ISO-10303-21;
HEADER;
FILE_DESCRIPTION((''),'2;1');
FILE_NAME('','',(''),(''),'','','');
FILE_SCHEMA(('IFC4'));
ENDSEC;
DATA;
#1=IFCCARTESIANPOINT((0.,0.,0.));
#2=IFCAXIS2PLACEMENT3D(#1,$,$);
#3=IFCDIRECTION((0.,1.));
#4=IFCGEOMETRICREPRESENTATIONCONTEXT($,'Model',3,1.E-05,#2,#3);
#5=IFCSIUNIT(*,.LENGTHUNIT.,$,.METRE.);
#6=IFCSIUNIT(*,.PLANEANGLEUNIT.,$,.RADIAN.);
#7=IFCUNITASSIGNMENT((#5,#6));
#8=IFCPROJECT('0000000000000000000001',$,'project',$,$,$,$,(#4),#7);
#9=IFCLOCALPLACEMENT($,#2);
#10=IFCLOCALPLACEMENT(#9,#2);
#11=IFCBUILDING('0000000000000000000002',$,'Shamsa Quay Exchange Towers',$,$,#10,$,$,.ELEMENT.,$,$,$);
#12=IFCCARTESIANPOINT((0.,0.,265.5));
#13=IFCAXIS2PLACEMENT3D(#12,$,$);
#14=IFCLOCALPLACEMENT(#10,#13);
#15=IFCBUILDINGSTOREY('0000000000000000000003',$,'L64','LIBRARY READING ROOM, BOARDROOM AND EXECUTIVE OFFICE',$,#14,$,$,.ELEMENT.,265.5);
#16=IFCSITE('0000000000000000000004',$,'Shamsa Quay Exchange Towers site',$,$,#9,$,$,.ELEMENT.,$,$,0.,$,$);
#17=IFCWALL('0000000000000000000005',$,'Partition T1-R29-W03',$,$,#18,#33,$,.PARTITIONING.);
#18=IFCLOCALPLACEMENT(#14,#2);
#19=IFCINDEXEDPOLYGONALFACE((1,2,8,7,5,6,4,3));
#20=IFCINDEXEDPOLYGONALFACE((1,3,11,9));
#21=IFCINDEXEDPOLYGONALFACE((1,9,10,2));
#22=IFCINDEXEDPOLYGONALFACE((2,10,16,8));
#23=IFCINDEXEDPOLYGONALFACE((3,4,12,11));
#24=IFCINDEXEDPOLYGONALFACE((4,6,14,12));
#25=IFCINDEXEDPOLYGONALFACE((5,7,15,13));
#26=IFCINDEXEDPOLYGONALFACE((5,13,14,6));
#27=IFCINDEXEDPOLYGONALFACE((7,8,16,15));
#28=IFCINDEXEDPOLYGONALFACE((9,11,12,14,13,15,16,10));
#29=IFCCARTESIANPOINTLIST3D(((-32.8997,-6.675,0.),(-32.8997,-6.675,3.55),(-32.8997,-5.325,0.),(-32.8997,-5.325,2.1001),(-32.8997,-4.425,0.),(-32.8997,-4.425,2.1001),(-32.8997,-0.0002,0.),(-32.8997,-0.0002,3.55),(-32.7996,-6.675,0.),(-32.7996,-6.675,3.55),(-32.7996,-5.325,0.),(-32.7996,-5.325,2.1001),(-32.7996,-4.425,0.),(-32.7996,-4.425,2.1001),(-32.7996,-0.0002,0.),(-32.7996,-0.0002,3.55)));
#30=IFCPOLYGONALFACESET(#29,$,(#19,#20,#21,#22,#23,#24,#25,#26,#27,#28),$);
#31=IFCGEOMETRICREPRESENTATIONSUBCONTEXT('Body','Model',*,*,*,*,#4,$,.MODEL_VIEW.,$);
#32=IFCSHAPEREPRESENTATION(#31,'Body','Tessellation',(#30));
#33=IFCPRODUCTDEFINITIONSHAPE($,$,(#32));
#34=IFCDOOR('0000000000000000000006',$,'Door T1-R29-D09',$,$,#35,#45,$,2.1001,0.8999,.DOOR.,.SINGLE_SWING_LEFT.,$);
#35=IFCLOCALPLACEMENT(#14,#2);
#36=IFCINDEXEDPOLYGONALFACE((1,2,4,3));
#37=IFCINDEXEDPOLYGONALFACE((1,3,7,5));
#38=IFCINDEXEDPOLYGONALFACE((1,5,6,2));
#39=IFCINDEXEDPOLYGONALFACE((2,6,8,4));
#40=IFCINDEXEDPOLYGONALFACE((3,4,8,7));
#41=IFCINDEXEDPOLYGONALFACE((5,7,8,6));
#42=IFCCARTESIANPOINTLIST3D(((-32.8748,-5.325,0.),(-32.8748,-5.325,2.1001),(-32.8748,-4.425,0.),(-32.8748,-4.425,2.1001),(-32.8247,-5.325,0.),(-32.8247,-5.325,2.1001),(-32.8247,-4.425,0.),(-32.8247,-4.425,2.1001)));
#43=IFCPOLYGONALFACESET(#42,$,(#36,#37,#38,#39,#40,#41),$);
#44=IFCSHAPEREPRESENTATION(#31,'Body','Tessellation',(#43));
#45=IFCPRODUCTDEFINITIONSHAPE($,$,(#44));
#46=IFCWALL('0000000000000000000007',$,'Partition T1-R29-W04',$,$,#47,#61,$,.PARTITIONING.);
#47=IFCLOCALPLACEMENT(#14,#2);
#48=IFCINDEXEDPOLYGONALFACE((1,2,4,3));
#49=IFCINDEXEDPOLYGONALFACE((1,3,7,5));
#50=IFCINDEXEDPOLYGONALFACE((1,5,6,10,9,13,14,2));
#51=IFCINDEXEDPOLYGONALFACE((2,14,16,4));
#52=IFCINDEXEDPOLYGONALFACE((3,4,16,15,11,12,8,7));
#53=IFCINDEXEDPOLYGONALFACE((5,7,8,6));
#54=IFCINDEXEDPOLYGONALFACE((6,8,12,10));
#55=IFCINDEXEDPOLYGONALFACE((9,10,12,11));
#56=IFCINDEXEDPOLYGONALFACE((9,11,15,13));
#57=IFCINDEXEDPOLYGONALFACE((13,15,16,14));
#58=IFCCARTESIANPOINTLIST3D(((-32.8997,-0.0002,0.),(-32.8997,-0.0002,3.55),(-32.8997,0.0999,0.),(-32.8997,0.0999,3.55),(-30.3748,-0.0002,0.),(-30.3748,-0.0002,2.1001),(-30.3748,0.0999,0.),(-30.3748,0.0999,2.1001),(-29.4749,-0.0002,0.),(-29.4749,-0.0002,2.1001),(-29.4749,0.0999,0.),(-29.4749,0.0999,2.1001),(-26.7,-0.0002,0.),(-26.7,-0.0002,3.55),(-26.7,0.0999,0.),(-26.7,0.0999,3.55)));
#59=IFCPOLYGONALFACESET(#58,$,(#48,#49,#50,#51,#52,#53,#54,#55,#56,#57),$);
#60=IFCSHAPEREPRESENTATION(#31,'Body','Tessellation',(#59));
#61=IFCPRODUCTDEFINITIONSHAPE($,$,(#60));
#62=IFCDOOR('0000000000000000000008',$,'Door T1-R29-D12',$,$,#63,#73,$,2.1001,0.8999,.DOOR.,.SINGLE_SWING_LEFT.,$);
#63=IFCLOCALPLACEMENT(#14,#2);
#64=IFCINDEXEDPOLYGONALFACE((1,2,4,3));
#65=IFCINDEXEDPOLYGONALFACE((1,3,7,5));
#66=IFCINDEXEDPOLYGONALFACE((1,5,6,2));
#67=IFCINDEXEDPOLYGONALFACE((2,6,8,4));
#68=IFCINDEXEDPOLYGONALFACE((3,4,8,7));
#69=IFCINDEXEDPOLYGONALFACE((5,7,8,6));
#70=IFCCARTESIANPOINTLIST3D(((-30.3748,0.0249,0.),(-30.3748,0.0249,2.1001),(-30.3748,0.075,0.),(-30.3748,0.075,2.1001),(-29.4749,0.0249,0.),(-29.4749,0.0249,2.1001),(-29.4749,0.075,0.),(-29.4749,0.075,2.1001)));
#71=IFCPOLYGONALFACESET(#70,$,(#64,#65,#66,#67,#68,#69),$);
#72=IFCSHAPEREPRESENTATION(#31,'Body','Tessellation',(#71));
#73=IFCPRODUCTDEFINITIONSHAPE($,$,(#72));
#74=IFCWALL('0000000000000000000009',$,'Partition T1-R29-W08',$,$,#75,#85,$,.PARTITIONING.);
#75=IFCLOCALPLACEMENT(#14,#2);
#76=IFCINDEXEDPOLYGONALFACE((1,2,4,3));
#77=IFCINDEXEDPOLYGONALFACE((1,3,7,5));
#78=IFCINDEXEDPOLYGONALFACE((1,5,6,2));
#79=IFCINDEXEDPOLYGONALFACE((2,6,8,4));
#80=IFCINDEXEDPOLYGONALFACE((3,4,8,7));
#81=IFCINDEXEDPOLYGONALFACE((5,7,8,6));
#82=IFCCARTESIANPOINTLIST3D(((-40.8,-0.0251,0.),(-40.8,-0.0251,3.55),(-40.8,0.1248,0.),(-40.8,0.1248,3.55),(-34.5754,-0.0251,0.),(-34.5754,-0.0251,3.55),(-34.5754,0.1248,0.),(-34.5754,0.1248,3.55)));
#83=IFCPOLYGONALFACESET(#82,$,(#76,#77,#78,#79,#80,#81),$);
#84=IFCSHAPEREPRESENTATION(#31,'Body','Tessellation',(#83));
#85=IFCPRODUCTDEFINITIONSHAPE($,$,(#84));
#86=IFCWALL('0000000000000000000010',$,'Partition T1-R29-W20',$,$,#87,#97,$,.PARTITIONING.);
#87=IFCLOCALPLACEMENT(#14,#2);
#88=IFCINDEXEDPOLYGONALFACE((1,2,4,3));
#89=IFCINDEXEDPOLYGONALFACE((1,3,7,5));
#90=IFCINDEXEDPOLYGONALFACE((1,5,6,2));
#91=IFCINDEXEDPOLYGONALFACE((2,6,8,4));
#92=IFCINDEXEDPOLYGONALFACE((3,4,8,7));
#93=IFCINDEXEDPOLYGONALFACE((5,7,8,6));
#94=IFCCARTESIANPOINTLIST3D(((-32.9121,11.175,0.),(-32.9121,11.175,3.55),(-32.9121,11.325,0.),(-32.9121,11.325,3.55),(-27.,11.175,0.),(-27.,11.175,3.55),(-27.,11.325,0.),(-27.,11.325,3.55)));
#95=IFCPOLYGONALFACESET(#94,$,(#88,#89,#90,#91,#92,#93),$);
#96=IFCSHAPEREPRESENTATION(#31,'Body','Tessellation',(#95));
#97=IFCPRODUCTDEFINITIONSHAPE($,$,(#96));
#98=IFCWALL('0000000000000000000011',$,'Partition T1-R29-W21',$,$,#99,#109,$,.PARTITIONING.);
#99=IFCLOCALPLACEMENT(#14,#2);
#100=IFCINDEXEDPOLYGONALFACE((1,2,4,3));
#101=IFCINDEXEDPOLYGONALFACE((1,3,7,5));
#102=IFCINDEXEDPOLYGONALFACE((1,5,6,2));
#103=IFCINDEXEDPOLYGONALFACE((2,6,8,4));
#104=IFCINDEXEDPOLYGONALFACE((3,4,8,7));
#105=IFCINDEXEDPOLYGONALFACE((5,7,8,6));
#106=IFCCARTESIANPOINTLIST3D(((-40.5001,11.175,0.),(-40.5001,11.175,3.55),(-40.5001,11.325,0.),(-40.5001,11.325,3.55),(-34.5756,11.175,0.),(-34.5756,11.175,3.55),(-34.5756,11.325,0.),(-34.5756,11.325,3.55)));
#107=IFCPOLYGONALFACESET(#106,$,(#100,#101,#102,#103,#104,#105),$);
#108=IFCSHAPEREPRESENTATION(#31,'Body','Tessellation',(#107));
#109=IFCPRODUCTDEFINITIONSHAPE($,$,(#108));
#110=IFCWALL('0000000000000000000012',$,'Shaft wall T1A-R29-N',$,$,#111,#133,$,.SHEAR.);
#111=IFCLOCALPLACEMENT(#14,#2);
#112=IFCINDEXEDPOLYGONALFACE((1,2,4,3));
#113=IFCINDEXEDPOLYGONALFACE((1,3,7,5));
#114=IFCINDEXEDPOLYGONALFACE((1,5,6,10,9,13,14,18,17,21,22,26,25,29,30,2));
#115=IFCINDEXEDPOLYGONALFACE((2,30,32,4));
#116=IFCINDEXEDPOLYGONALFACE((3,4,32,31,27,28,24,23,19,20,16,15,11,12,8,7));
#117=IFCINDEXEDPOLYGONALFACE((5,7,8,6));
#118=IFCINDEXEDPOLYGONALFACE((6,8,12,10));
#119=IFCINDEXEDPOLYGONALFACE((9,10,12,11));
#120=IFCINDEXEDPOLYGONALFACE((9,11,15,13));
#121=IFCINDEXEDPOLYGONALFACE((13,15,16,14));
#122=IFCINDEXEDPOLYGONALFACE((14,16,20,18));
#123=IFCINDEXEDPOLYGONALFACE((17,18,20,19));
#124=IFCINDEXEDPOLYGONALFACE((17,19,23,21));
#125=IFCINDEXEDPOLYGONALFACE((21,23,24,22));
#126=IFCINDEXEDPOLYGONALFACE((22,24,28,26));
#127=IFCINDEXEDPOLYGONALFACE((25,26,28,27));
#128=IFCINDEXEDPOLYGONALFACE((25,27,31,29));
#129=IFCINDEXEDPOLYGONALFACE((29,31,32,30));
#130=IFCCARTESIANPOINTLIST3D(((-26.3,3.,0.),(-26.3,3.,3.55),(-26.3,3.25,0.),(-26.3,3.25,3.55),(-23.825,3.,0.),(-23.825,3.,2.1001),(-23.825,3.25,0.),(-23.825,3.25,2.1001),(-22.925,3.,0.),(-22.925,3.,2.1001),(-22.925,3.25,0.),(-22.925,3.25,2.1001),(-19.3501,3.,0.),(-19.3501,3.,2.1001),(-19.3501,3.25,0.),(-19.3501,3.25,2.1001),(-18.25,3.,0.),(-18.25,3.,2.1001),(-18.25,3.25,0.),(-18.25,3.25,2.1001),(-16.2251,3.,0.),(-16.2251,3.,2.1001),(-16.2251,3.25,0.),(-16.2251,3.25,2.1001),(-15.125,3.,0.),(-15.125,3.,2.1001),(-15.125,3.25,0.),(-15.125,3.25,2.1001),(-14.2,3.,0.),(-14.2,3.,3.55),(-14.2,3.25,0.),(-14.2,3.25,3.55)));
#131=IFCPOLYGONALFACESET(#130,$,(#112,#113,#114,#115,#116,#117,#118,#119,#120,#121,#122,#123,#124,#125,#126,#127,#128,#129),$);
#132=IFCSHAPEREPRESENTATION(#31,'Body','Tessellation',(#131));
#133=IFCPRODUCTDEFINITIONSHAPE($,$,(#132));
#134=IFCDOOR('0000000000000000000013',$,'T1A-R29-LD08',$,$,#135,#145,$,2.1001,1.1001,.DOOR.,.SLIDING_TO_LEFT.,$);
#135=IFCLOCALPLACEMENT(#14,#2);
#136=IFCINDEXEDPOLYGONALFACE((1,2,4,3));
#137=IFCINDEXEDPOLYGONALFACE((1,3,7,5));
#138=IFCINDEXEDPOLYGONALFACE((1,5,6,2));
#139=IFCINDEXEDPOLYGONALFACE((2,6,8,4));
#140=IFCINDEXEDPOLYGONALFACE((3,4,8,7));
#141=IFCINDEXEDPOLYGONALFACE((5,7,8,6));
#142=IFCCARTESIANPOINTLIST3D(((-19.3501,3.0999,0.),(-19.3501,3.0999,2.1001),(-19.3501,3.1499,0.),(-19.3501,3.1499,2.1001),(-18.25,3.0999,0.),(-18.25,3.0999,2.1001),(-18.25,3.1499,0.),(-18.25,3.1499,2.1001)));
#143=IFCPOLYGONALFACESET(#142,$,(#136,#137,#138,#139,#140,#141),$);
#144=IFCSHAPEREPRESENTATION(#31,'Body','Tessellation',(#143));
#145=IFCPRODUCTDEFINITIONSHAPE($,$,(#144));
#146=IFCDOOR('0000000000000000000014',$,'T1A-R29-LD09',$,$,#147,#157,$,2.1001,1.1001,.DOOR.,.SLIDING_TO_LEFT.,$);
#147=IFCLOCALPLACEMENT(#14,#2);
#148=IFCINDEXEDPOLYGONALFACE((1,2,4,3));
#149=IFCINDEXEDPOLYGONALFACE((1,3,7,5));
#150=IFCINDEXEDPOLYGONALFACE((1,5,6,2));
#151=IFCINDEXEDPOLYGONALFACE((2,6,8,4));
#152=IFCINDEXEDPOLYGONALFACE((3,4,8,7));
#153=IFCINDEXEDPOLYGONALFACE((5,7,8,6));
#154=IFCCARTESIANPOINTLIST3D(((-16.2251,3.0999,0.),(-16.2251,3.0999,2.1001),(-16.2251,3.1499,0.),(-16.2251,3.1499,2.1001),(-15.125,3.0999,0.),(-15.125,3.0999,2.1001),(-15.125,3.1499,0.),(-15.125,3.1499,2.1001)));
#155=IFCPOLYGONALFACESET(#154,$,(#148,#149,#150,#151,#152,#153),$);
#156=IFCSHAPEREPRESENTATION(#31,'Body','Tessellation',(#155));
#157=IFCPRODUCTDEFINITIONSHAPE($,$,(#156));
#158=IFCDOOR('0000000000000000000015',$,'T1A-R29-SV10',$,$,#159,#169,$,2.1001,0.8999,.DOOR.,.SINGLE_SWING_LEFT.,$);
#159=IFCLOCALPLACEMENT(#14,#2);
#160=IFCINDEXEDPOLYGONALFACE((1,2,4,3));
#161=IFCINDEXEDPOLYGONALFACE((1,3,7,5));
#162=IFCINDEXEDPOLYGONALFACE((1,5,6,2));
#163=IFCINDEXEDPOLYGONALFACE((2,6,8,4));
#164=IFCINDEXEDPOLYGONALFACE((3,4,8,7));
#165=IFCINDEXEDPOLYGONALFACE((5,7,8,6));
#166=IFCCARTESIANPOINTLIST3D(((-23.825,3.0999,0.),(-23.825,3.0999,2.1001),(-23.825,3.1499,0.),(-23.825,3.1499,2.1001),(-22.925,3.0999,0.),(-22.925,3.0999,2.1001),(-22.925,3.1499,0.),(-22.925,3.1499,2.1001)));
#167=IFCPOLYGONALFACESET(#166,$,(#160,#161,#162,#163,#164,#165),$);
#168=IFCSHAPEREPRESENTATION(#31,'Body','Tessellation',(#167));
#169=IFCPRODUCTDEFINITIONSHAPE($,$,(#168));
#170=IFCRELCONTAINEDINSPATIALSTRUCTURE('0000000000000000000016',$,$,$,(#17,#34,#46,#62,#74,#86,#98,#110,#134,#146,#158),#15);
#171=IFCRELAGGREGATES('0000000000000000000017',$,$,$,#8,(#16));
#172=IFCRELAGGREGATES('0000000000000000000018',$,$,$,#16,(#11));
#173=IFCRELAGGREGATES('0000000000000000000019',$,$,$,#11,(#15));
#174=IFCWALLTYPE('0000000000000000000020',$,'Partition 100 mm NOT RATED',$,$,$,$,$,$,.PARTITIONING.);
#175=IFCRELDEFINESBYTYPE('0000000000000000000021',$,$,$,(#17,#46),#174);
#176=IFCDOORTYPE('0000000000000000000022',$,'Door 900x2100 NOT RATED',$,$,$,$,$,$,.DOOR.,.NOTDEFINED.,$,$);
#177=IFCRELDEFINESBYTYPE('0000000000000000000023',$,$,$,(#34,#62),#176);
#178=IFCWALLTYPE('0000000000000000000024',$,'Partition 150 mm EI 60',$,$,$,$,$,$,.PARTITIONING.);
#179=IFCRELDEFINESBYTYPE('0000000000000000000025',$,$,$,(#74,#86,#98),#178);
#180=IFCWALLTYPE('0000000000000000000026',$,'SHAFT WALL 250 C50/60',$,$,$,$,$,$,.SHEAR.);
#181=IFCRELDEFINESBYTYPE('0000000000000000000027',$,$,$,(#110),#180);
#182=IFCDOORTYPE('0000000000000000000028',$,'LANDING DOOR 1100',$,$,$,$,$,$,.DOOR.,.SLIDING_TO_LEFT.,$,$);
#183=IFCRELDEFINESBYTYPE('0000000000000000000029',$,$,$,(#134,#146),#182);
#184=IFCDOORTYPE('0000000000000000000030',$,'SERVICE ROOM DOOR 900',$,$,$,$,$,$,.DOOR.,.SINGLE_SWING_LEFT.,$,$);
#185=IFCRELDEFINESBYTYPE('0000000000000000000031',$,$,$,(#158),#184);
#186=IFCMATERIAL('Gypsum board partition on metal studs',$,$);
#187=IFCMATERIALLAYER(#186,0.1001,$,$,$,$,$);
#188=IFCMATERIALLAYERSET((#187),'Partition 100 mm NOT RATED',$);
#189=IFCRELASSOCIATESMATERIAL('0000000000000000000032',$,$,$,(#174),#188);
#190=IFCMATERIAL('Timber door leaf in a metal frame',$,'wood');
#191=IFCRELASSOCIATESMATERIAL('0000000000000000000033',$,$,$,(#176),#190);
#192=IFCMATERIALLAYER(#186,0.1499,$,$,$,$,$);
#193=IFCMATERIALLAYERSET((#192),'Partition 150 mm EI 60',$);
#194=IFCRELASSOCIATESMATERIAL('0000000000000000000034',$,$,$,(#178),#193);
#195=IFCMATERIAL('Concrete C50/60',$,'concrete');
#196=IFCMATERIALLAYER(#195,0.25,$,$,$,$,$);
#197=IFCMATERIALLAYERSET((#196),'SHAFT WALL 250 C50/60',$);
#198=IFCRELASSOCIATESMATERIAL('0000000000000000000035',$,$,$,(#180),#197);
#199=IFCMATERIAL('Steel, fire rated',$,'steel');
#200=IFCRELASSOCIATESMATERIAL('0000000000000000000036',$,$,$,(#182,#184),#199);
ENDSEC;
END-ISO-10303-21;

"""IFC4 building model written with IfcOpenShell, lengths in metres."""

from ifc_helpers import new_model, si_unit, direction, frame, frame_2d, origin, place, context, subcontext, project, spatial, rectangle, extrude, material, layer, layer_set, type_object, element, fill, save


model = new_model("IFC4")

# Units and contexts
model_context = context("Model", 3, precision=1e-05, world=origin(), true_north=direction((0.0, 1.0)))
body_context = subcontext(model_context, "Body", "Model", "MODEL_VIEW")
ifc_project = project(units=[si_unit("LENGTHUNIT", "METRE"), si_unit("PLANEANGLEUNIT", "RADIAN")], contexts=[model_context])

# Site, building, storey
site_placement = place(None, origin())
site = spatial("IfcSite", under=ifc_project, at=site_placement, Name="Shamsa Quay Exchange Towers site", CompositionType="ELEMENT", RefElevation=0.0)
building_placement = place(site_placement, origin())
building = spatial("IfcBuilding", under=site, at=building_placement, Name="Shamsa Quay Exchange Towers", CompositionType="ELEMENT")
storey_placement = place(building_placement, frame((0.0, 0.0, 265.5)))
storey = spatial("IfcBuildingStorey", under=building, at=storey_placement, Name="L64", Description="LIBRARY READING ROOM, BOARDROOM AND EXECUTIVE OFFICE", CompositionType="ELEMENT", Elevation=265.5)

# Shared definitions
ifc_material_1 = material(Name="Steel, fire rated", Category="steel")
ifc_material_2 = material(Name="Timber door leaf in a metal frame", Category="wood")

# Walls, openings, doors
ifc_material_3 = material(Name="Gypsum board partition on metal studs")
ifc_layer_1 = layer(ifc_material_3, 0.1001)
ifc_layer_set_1 = layer_set([ifc_layer_1], Name="Partition 100 mm NOT RATED")
wall_type_1 = type_object("IfcWallType", Name="Partition 100 mm NOT RATED", PredefinedType="PARTITIONING", material=ifc_layer_set_1)
wall_1_placement = place(storey_placement, frame((-32.8496, -0.0002, 0.0), z_axis=(0.0, 0.0, 1.0), x_axis=(0.0, -1.0, 0.0)))
wall_1 = element("IfcWall", 1, at=wall_1_placement, inside=storey, type_object=wall_type_1, Name="Partition T1-R29-W03", PredefinedType="PARTITIONING", context=body_context, shape_type="SweptSolid", body=[
    extrude(rectangle(XDim=6.6748, YDim=0.1001, at=frame_2d((3.3374, 0.0))), origin(), (0.0, 0.0, 1.0), 3.55),
])
opening_1_placement = place(wall_1_placement, frame((4.4248, 0.0, 0.0)))
opening_1 = element("IfcOpeningElement", 2, at=opening_1_placement, cuts=wall_1, PredefinedType="OPENING", context=body_context, shape_type="SweptSolid", body=[
    extrude(rectangle(XDim=0.8999, YDim=2.1001, at=frame_2d((0.45, 1.05))), frame((0.0, 0.0601, 0.0), z_axis=(0.0, -1.0, 0.0), x_axis=(1.0, 0.0, 0.0)), (0.0, 0.0, 1.0), 0.1201),
])
door_type_1 = type_object("IfcDoorType", Name="Door 900x2100 NOT RATED", OperationType="NOTDEFINED", PredefinedType="DOOR", material=ifc_material_2)
door_1_placement = place(opening_1_placement, origin())
door_1 = element("IfcDoor", 3, at=door_1_placement, inside=storey, type_object=door_type_1, Name="Door T1-R29-D09", OperationType="SINGLE_SWING_LEFT", OverallHeight=2.1001, OverallWidth=0.8999, PredefinedType="DOOR", context=body_context, shape_type="SweptSolid", body=[
    extrude(rectangle(XDim=0.8999, YDim=2.1001, at=frame_2d((0.45, 1.05))), frame((0.0, 0.0249, 0.0), z_axis=(0.0, -1.0, 0.0), x_axis=(1.0, 0.0, 0.0)), (0.0, 0.0, 1.0), 0.05),
])
fill(opening_1, door_1)
wall_2_placement = place(storey_placement, frame((-26.7, 0.0498, 0.0), z_axis=(0.0, 0.0, 1.0), x_axis=(-1.0, 0.0, 0.0)))
wall_2 = element("IfcWall", 4, at=wall_2_placement, inside=storey, type_object=wall_type_1, Name="Partition T1-R29-W04", PredefinedType="PARTITIONING", context=body_context, shape_type="SweptSolid", body=[
    extrude(rectangle(XDim=6.1997, YDim=0.1001, at=frame_2d((3.0999, 0.0))), origin(), (0.0, 0.0, 1.0), 3.55),
])
opening_2_placement = place(wall_2_placement, frame((2.7749, 0.0, 0.0)))
opening_2 = element("IfcOpeningElement", 5, at=opening_2_placement, cuts=wall_2, PredefinedType="OPENING", context=body_context, shape_type="SweptSolid", body=[
    extrude(rectangle(XDim=0.8999, YDim=2.1001, at=frame_2d((0.45, 1.05))), frame((0.0, 0.0601, 0.0), z_axis=(0.0, -1.0, 0.0), x_axis=(1.0, 0.0, 0.0)), (0.0, 0.0, 1.0), 0.1201),
])
door_2_placement = place(opening_2_placement, origin())
door_2 = element("IfcDoor", 6, at=door_2_placement, inside=storey, type_object=door_type_1, Name="Door T1-R29-D12", OperationType="SINGLE_SWING_LEFT", OverallHeight=2.1001, OverallWidth=0.8999, PredefinedType="DOOR", context=body_context, shape_type="SweptSolid", body=[
    extrude(rectangle(XDim=0.8999, YDim=2.1001, at=frame_2d((0.45, 1.05))), frame((0.0, 0.0249, 0.0), z_axis=(0.0, -1.0, 0.0), x_axis=(1.0, 0.0, 0.0)), (0.0, 0.0, 1.0), 0.05),
])
fill(opening_2, door_2)

# Walls
ifc_layer_2 = layer(ifc_material_3, 0.1499)
ifc_layer_set_2 = layer_set([ifc_layer_2], Name="Partition 150 mm EI 60")
wall_type_2 = type_object("IfcWallType", Name="Partition 150 mm EI 60", PredefinedType="PARTITIONING", material=ifc_layer_set_2)
wall_3_placement = place(storey_placement, frame((-34.5754, 0.0498, 0.0), z_axis=(0.0, 0.0, 1.0), x_axis=(-1.0, 0.0, 0.0)))
element("IfcWall", 7, at=wall_3_placement, inside=storey, type_object=wall_type_2, Name="Partition T1-R29-W08", PredefinedType="PARTITIONING", context=body_context, shape_type="SweptSolid", body=[
    extrude(rectangle(XDim=6.2246, YDim=0.1499, at=frame_2d((3.1123, 0.0))), origin(), (0.0, 0.0, 1.0), 3.55),
])
wall_4_placement = place(storey_placement, frame((-27.0, 11.25, 0.0), z_axis=(0.0, 0.0, 1.0), x_axis=(-1.0, 0.0, 0.0)))
element("IfcWall", 8, at=wall_4_placement, inside=storey, type_object=wall_type_2, Name="Partition T1-R29-W20", PredefinedType="PARTITIONING", context=body_context, shape_type="SweptSolid", body=[
    extrude(rectangle(XDim=5.9121, YDim=0.1499, at=frame_2d((2.9561, 0.0))), origin(), (0.0, 0.0, 1.0), 3.55),
])
wall_5_placement = place(storey_placement, frame((-34.5754, 11.25, 0.0), z_axis=(0.0, 0.0, 1.0), x_axis=(-1.0, 0.0, 0.0)))
element("IfcWall", 9, at=wall_5_placement, inside=storey, type_object=wall_type_2, Name="Partition T1-R29-W21", PredefinedType="PARTITIONING", context=body_context, shape_type="SweptSolid", body=[
    extrude(rectangle(XDim=5.9246, YDim=0.1499, at=frame_2d((2.9624, 0.0))), origin(), (0.0, 0.0, 1.0), 3.55),
])

# Wall, openings, doors
ifc_material_4 = material(Name="Concrete C50/60", Category="concrete")
ifc_layer_3 = layer(ifc_material_4, 0.25)
ifc_layer_set_3 = layer_set([ifc_layer_3], Name="SHAFT WALL 250 C50/60")
wall_type_3 = type_object("IfcWallType", Name="SHAFT WALL 250 C50/60", PredefinedType="SHEAR", material=ifc_layer_set_3)
wall_6_placement = place(storey_placement, frame((-26.3, 3.125, 0.0)))
wall_6 = element("IfcWall", 10, at=wall_6_placement, inside=storey, type_object=wall_type_3, Name="Shaft wall T1A-R29-N", PredefinedType="SHEAR", context=body_context, shape_type="SweptSolid", body=[
    extrude(rectangle(XDim=12.1001, YDim=0.25, at=frame_2d((6.05, 0.0))), origin(), (0.0, 0.0, 1.0), 3.55),
])
opening_3_placement = place(wall_6_placement, frame((6.95, 0.0, 0.0)))
opening_3 = element("IfcOpeningElement", 11, at=opening_3_placement, cuts=wall_6, PredefinedType="OPENING", context=body_context, shape_type="SweptSolid", body=[
    extrude(rectangle(XDim=1.1001, YDim=2.1001, at=frame_2d((0.55, 1.05))), frame((0.0, 0.135, 0.0), z_axis=(0.0, -1.0, 0.0), x_axis=(1.0, 0.0, 0.0)), (0.0, 0.0, 1.0), 0.27),
])
opening_4_placement = place(wall_6_placement, frame((10.075, 0.0, 0.0)))
opening_4 = element("IfcOpeningElement", 12, at=opening_4_placement, cuts=wall_6, PredefinedType="OPENING", context=body_context, shape_type="SweptSolid", body=[
    extrude(rectangle(XDim=1.1001, YDim=2.1001, at=frame_2d((0.55, 1.05))), frame((0.0, 0.135, 0.0), z_axis=(0.0, -1.0, 0.0), x_axis=(1.0, 0.0, 0.0)), (0.0, 0.0, 1.0), 0.27),
])
opening_5_placement = place(wall_6_placement, frame((2.4751, 0.0, 0.0)))
opening_5 = element("IfcOpeningElement", 13, at=opening_5_placement, cuts=wall_6, PredefinedType="OPENING", context=body_context, shape_type="SweptSolid", body=[
    extrude(rectangle(XDim=0.8999, YDim=2.1001, at=frame_2d((0.45, 1.05))), frame((0.0, 0.135, 0.0), z_axis=(0.0, -1.0, 0.0), x_axis=(1.0, 0.0, 0.0)), (0.0, 0.0, 1.0), 0.27),
])
door_type_2 = type_object("IfcDoorType", Name="LANDING DOOR 1100", OperationType="SLIDING_TO_LEFT", PredefinedType="DOOR", material=ifc_material_1)
door_3_placement = place(opening_3_placement, origin())
door_3 = element("IfcDoor", 14, at=door_3_placement, inside=storey, type_object=door_type_2, Name="T1A-R29-LD08", OperationType="SLIDING_TO_LEFT", OverallHeight=2.1001, OverallWidth=1.1001, PredefinedType="DOOR", context=body_context, shape_type="SweptSolid", body=[
    extrude(rectangle(XDim=1.1001, YDim=2.1001, at=frame_2d((0.55, 1.05))), frame((0.0, 0.0249, 0.0), z_axis=(0.0, -1.0, 0.0), x_axis=(1.0, 0.0, 0.0)), (0.0, 0.0, 1.0), 0.05),
])
fill(opening_3, door_3)
door_4_placement = place(opening_4_placement, origin())
door_4 = element("IfcDoor", 15, at=door_4_placement, inside=storey, type_object=door_type_2, Name="T1A-R29-LD09", OperationType="SLIDING_TO_LEFT", OverallHeight=2.1001, OverallWidth=1.1001, PredefinedType="DOOR", context=body_context, shape_type="SweptSolid", body=[
    extrude(rectangle(XDim=1.1001, YDim=2.1001, at=frame_2d((0.55, 1.05))), frame((0.0, 0.0249, 0.0), z_axis=(0.0, -1.0, 0.0), x_axis=(1.0, 0.0, 0.0)), (0.0, 0.0, 1.0), 0.05),
])
fill(opening_4, door_4)
door_type_3 = type_object("IfcDoorType", Name="SERVICE ROOM DOOR 900", OperationType="SINGLE_SWING_LEFT", PredefinedType="DOOR", material=ifc_material_1)
door_5_placement = place(opening_5_placement, origin())
door_5 = element("IfcDoor", 16, at=door_5_placement, inside=storey, type_object=door_type_3, Name="T1A-R29-SV10", OperationType="SINGLE_SWING_LEFT", OverallHeight=2.1001, OverallWidth=0.8999, PredefinedType="DOOR", context=body_context, shape_type="SweptSolid", body=[
    extrude(rectangle(XDim=0.8999, YDim=2.1001, at=frame_2d((0.45, 1.05))), frame((0.0, 0.0249, 0.0), z_axis=(0.0, -1.0, 0.0), x_axis=(1.0, 0.0, 0.0)), (0.0, 0.0, 1.0), 0.05),
])
fill(opening_5, door_5)

save(model, "model.ifc")
